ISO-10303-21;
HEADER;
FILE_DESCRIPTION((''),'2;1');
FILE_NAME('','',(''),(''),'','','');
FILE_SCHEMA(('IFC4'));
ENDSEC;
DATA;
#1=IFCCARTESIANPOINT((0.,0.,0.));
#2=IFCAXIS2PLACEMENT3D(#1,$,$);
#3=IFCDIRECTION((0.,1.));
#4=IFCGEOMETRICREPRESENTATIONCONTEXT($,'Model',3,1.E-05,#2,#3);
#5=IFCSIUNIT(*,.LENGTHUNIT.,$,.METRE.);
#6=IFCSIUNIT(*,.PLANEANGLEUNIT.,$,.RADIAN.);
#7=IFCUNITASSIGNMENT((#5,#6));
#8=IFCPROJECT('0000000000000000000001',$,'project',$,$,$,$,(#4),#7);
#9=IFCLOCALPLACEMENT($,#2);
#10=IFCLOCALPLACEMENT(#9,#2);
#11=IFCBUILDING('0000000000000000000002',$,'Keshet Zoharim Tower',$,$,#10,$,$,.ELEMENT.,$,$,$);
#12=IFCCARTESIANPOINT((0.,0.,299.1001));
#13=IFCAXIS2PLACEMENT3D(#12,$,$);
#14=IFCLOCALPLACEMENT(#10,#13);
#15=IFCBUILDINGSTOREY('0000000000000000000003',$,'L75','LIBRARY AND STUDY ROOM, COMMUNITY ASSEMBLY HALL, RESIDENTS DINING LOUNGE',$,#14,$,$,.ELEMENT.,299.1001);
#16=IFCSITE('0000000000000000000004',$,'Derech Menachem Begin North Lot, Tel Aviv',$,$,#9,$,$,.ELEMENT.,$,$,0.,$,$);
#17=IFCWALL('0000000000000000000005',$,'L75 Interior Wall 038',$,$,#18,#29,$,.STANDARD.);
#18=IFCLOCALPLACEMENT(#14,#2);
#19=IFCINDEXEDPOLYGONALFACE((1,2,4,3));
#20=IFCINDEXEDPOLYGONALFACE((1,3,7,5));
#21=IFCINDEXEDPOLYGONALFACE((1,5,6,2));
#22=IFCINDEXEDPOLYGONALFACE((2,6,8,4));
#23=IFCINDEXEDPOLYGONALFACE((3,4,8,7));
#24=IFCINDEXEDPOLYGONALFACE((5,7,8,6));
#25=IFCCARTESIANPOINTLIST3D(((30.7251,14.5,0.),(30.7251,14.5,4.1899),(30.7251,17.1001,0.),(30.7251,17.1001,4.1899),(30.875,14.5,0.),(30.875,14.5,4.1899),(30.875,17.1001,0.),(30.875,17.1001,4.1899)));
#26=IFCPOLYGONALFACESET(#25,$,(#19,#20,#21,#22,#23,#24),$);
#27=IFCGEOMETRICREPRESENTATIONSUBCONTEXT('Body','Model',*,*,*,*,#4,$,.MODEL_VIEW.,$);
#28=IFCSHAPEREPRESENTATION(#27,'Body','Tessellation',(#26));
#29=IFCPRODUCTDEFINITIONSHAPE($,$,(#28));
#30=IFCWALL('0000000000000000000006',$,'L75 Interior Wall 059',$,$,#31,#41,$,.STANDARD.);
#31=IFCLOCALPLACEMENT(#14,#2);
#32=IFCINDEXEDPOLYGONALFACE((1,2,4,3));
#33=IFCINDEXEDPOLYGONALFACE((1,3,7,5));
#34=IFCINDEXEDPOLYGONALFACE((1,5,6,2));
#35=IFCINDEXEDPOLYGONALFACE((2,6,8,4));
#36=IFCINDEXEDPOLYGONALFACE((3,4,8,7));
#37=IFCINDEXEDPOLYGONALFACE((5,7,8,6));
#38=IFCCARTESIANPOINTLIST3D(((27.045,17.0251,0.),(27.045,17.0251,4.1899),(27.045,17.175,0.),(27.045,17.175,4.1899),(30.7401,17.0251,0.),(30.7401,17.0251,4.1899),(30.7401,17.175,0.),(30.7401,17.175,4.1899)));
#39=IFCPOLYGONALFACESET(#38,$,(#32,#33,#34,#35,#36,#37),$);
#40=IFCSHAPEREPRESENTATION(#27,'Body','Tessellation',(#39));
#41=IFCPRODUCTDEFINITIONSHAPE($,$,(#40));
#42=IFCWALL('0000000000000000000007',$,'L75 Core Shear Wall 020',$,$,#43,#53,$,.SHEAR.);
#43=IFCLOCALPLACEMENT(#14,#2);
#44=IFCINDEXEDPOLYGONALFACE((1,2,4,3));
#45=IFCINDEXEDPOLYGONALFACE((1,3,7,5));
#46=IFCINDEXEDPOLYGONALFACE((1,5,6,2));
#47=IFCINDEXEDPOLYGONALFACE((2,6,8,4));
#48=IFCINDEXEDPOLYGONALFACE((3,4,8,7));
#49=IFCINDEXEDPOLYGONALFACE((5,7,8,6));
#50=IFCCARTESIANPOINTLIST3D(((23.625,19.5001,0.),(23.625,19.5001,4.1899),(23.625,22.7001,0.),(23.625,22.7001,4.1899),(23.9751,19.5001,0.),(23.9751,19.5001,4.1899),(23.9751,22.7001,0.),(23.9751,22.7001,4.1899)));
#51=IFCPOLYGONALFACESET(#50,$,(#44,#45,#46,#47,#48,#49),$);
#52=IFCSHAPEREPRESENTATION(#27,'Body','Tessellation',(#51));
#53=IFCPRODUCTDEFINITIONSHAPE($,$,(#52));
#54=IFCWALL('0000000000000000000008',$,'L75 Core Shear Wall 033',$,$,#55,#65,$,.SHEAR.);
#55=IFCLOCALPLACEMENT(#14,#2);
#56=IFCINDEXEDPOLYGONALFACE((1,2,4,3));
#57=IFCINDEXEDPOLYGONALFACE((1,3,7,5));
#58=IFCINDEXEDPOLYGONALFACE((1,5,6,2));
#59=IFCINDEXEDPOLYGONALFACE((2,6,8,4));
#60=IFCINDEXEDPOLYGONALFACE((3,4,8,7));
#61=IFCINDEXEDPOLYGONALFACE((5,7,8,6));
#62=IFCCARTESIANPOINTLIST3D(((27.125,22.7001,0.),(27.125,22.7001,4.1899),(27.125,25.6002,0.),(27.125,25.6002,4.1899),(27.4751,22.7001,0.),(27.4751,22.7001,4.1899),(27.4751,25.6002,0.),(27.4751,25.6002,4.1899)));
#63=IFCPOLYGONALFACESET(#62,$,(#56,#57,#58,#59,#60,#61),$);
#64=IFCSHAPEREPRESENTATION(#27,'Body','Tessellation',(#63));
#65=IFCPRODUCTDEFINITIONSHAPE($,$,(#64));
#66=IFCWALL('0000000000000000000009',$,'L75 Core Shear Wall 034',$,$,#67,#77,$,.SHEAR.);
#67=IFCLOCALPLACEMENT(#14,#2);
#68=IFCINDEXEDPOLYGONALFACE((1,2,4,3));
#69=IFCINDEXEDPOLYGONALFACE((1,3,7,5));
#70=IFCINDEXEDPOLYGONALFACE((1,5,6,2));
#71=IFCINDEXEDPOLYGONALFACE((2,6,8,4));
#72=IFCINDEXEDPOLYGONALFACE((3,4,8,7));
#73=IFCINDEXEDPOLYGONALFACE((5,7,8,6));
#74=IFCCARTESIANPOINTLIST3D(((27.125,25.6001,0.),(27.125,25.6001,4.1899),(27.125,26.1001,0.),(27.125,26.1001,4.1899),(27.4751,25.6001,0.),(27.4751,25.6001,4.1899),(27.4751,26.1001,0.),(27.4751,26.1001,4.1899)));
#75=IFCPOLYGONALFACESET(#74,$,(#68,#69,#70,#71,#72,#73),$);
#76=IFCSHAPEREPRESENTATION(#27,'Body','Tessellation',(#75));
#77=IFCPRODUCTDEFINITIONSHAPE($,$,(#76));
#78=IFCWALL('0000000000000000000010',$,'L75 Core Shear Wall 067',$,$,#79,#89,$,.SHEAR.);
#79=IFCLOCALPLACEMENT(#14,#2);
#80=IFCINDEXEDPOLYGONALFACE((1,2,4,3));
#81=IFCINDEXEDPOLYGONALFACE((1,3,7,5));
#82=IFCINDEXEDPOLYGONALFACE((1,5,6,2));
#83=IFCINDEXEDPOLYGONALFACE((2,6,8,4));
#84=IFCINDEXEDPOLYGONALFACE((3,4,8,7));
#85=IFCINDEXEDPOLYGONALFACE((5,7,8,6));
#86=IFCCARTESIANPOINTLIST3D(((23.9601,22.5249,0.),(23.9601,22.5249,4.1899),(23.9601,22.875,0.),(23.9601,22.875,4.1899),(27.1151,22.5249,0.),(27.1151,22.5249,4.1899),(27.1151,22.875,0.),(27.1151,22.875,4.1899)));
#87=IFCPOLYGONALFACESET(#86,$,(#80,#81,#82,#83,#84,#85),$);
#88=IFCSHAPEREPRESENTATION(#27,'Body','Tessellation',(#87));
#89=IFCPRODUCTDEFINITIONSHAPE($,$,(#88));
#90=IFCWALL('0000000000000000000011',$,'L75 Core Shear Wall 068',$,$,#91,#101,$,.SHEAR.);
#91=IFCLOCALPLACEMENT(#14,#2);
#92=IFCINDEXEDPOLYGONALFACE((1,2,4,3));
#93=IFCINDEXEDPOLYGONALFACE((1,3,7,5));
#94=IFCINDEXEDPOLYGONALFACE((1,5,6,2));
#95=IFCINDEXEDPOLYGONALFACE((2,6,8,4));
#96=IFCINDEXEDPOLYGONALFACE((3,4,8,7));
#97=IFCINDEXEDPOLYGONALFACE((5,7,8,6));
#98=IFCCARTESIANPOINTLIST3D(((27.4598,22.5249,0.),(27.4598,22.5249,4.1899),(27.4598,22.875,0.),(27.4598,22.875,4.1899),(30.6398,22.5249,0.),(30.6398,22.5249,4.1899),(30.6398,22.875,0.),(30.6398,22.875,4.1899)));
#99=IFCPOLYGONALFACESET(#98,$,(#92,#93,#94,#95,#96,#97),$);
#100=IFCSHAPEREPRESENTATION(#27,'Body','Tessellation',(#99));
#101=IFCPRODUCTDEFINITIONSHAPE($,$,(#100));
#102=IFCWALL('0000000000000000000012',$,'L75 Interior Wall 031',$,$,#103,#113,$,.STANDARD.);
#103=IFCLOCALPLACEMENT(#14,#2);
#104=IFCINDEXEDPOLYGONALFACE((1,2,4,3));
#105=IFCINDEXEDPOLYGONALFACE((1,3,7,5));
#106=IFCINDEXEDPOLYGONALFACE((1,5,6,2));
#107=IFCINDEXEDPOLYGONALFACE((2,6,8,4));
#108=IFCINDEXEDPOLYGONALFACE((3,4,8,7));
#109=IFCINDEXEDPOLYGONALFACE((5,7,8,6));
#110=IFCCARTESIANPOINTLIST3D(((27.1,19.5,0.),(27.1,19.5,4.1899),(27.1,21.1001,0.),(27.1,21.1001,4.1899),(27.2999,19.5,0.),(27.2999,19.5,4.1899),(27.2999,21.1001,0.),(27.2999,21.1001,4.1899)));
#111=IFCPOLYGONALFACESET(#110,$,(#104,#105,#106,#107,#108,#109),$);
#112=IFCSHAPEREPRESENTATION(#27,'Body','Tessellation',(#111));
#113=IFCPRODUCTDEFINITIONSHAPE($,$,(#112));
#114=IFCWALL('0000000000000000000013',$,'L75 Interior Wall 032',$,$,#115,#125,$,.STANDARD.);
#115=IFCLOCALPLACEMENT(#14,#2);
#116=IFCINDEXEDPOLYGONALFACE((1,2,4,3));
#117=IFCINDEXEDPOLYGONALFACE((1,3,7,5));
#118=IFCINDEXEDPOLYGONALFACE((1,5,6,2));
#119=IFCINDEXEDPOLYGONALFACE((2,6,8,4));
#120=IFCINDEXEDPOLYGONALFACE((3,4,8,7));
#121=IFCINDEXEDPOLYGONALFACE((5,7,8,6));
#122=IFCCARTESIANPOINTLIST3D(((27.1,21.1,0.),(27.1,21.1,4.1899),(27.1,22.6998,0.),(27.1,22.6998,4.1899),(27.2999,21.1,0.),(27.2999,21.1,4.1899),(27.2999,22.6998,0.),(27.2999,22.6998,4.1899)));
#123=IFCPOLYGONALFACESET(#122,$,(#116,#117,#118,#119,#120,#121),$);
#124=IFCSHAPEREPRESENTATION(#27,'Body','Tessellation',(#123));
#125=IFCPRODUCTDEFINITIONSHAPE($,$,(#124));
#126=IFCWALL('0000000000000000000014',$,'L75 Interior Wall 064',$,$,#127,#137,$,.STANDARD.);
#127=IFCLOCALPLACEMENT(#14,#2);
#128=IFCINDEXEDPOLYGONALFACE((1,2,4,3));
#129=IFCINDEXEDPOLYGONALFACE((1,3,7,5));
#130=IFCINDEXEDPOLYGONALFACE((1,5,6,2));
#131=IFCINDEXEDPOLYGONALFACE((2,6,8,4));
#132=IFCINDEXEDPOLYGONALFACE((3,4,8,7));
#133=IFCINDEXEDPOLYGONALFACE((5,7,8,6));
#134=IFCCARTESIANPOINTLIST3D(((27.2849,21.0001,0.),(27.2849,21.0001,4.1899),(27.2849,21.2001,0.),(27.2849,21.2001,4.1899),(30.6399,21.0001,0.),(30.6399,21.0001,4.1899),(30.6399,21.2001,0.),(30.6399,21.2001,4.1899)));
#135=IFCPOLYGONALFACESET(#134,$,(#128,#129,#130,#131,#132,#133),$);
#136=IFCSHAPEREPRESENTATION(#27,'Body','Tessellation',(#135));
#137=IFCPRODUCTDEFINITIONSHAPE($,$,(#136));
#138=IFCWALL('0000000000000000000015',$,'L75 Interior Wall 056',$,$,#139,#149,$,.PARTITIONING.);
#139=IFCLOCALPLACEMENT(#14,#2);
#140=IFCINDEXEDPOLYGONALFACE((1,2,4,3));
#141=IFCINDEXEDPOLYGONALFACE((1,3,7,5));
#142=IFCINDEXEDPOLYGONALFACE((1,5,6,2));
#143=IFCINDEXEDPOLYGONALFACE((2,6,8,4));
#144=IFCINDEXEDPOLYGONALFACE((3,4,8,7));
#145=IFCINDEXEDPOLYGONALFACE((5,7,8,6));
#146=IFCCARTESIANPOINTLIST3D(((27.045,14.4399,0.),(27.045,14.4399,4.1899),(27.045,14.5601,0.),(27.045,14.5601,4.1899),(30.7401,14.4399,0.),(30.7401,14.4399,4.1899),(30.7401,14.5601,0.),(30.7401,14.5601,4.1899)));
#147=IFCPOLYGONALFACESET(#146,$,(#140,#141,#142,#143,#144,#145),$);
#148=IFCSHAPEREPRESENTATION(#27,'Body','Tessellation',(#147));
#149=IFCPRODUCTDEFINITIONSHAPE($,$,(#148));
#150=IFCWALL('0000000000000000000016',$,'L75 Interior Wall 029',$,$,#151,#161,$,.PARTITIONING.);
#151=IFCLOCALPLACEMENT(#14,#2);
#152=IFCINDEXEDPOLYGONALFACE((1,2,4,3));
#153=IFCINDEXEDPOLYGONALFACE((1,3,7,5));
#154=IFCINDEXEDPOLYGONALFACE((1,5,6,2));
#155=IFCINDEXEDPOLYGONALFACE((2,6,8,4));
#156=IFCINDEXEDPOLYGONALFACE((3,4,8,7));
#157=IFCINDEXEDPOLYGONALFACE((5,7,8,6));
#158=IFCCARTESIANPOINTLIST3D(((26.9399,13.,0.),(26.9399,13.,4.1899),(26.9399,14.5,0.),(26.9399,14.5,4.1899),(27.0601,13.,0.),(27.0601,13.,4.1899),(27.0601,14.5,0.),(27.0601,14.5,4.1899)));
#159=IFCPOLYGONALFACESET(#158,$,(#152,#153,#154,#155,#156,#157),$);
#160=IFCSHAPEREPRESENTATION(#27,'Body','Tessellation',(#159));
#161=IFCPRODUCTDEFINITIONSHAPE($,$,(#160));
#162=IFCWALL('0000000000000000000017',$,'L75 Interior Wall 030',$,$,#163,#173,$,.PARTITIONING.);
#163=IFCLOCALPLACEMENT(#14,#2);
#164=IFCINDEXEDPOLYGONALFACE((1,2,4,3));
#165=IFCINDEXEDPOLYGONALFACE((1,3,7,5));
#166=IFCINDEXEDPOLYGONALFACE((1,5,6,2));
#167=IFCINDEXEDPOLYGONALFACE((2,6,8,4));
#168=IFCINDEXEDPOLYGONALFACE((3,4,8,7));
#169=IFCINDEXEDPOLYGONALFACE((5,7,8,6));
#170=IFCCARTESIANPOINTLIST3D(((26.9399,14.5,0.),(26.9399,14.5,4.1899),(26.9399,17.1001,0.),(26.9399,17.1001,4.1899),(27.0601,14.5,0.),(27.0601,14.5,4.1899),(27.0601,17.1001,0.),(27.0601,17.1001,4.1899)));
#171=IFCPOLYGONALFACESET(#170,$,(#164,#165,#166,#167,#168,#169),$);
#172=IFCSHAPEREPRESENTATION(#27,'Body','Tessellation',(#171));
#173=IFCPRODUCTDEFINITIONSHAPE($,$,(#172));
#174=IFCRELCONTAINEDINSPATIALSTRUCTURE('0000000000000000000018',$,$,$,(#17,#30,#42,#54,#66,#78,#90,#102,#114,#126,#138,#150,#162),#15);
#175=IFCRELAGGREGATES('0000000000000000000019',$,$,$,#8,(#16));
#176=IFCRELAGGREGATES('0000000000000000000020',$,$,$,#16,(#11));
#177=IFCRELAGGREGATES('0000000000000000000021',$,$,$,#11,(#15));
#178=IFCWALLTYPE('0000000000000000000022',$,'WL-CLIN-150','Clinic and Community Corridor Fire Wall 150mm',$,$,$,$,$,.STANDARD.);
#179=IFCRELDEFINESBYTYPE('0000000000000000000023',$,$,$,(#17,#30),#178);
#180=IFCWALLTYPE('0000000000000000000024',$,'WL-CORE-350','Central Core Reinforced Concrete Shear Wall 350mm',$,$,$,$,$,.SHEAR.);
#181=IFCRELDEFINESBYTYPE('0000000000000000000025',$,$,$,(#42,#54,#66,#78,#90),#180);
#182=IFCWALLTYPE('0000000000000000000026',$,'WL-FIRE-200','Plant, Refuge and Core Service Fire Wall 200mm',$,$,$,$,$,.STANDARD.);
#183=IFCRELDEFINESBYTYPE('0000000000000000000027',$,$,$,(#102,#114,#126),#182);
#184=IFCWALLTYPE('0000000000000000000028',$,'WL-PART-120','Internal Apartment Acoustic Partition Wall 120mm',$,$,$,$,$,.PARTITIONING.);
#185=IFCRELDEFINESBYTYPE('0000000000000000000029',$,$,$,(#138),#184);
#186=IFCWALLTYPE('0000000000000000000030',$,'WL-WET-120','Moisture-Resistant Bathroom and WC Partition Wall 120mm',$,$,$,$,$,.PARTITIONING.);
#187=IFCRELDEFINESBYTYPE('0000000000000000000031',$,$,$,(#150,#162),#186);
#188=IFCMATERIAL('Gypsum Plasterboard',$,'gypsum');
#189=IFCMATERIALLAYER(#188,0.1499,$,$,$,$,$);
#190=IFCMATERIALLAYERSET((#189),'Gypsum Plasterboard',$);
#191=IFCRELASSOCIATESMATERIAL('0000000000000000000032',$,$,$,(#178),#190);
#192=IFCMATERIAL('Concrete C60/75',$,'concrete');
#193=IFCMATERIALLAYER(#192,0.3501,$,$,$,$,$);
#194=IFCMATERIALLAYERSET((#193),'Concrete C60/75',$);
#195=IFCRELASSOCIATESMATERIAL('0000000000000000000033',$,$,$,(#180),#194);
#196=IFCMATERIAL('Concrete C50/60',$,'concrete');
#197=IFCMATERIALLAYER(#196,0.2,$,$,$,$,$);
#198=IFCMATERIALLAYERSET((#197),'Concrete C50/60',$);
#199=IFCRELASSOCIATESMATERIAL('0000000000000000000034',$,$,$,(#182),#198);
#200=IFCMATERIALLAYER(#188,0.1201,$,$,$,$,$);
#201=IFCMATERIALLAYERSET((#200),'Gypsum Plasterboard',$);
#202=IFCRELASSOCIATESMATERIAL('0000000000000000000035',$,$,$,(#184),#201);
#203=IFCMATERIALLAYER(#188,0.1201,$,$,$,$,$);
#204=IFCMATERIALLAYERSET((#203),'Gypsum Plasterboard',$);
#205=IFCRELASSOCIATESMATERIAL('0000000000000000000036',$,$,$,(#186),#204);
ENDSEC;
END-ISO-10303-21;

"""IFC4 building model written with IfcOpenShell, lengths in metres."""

from ifc_helpers import new_model, si_unit, direction, frame, frame_2d, origin, place, context, subcontext, project, spatial, rectangle, extrude, material, layer, layer_set, type_object, element, save


model = new_model("IFC4")

# Units and contexts
model_context = context("Model", 3, precision=1e-05, world=origin(), true_north=direction((0.0, 1.0)))
body_context = subcontext(model_context, "Body", "Model", "MODEL_VIEW")
ifc_project = project(units=[si_unit("LENGTHUNIT", "METRE"), si_unit("PLANEANGLEUNIT", "RADIAN")], contexts=[model_context])

# Site, building, storey
site_placement = place(None, origin())
site = spatial("IfcSite", under=ifc_project, at=site_placement, Name="Derech Menachem Begin North Lot, Tel Aviv", CompositionType="ELEMENT", RefElevation=0.0)
building_placement = place(site_placement, origin())
building = spatial("IfcBuilding", under=site, at=building_placement, Name="Keshet Zoharim Tower", CompositionType="ELEMENT")
storey_placement = place(building_placement, frame((0.0, 0.0, 299.1001)))
storey = spatial("IfcBuildingStorey", under=building, at=storey_placement, Name="L75", Description="LIBRARY AND STUDY ROOM, COMMUNITY ASSEMBLY HALL, RESIDENTS DINING LOUNGE", CompositionType="ELEMENT", Elevation=299.1001)

# Wall
ifc_material_1 = material(Name="Gypsum Plasterboard", Category="gypsum")
ifc_layer_1 = layer(ifc_material_1, 0.1499)
ifc_layer_set_1 = layer_set([ifc_layer_1], Name="Gypsum Plasterboard")
wall_type_1 = type_object("IfcWallType", Name="WL-CLIN-150", Description="Clinic and Community Corridor Fire Wall 150mm", PredefinedType="STANDARD", material=ifc_layer_set_1)
wall_1_placement = place(storey_placement, frame((30.8, 14.5, 0.0), z_axis=(0.0, 0.0, 1.0), x_axis=(0.0, 1.0, 0.0)))
element("IfcWall", 1, at=wall_1_placement, inside=storey, type_object=wall_type_1, Name="L75 Interior Wall 038", PredefinedType="STANDARD", context=body_context, shape_type="SweptSolid", body=[
    extrude(rectangle(XDim=2.6001, YDim=0.1499, at=frame_2d((1.3, 0.0))), origin(), (0.0, 0.0, 1.0), 4.1899),
])

# Walls
wall_2_placement = place(storey_placement, frame((27.0449, 17.1001, 0.0), z_axis=(0.0, 0.0, 1.0), x_axis=(1.0, 0.0, 0.0)))
element("IfcWall", 2, at=wall_2_placement, inside=storey, type_object=wall_type_1, Name="L75 Interior Wall 059", PredefinedType="STANDARD", context=body_context, shape_type="SweptSolid", body=[
    extrude(rectangle(XDim=3.6951, YDim=0.1499, at=frame_2d((1.8477, 0.0))), origin(), (0.0, 0.0, 1.0), 4.1899),
])
ifc_material_2 = material(Name="Concrete C60/75", Category="concrete")
ifc_layer_2 = layer(ifc_material_2, 0.3501)
ifc_layer_set_2 = layer_set([ifc_layer_2], Name="Concrete C60/75")
wall_type_2 = type_object("IfcWallType", Name="WL-CORE-350", Description="Central Core Reinforced Concrete Shear Wall 350mm", PredefinedType="SHEAR", material=ifc_layer_set_2)
wall_3_placement = place(storey_placement, frame((23.8, 19.5, 0.0), z_axis=(0.0, 0.0, 1.0), x_axis=(0.0, 1.0, 0.0)))
element("IfcWall", 3, at=wall_3_placement, inside=storey, type_object=wall_type_2, Name="L75 Core Shear Wall 020", PredefinedType="SHEAR", context=body_context, shape_type="SweptSolid", body=[
    extrude(rectangle(XDim=3.2, YDim=0.3501, at=frame_2d((1.6001, 0.0))), origin(), (0.0, 0.0, 1.0), 4.1899),
])

# Walls
wall_4_placement = place(storey_placement, frame((27.3, 22.7, 0.0), z_axis=(0.0, 0.0, 1.0), x_axis=(0.0, 1.0, 0.0)))
element("IfcWall", 4, at=wall_4_placement, inside=storey, type_object=wall_type_2, Name="L75 Core Shear Wall 033", PredefinedType="SHEAR", context=body_context, shape_type="SweptSolid", body=[
    extrude(rectangle(XDim=2.9001, YDim=0.3501, at=frame_2d((1.4502, 0.0))), origin(), (0.0, 0.0, 1.0), 4.1899),
])
wall_5_placement = place(storey_placement, frame((27.3, 25.6001, 0.0), z_axis=(0.0, 0.0, 1.0), x_axis=(0.0, 1.0, 0.0)))
element("IfcWall", 5, at=wall_5_placement, inside=storey, type_object=wall_type_2, Name="L75 Core Shear Wall 034", PredefinedType="SHEAR", context=body_context, shape_type="SweptSolid", body=[
    extrude(rectangle(XDim=0.5, YDim=0.3501, at=frame_2d((0.25, 0.0))), origin(), (0.0, 0.0, 1.0), 4.1899),
])
wall_6_placement = place(storey_placement, frame((23.96, 22.7, 0.0), z_axis=(0.0, 0.0, 1.0), x_axis=(1.0, 0.0, 0.0)))
element("IfcWall", 6, at=wall_6_placement, inside=storey, type_object=wall_type_2, Name="L75 Core Shear Wall 067", PredefinedType="SHEAR", context=body_context, shape_type="SweptSolid", body=[
    extrude(rectangle(XDim=3.155, YDim=0.3501, at=frame_2d((1.5776, 0.0))), origin(), (0.0, 0.0, 1.0), 4.1899),
])
wall_7_placement = place(storey_placement, frame((27.46, 22.7, 0.0), z_axis=(0.0, 0.0, 1.0), x_axis=(1.0, 0.0, 0.0)))
element("IfcWall", 7, at=wall_7_placement, inside=storey, type_object=wall_type_2, Name="L75 Core Shear Wall 068", PredefinedType="SHEAR", context=body_context, shape_type="SweptSolid", body=[
    extrude(rectangle(XDim=3.1799, YDim=0.3501, at=frame_2d((1.5898, 0.0))), origin(), (0.0, 0.0, 1.0), 4.1899),
])

# Walls
ifc_material_3 = material(Name="Concrete C50/60", Category="concrete")
ifc_layer_3 = layer(ifc_material_3, 0.2)
ifc_layer_set_3 = layer_set([ifc_layer_3], Name="Concrete C50/60")
wall_type_3 = type_object("IfcWallType", Name="WL-FIRE-200", Description="Plant, Refuge and Core Service Fire Wall 200mm", PredefinedType="STANDARD", material=ifc_layer_set_3)
wall_8_placement = place(storey_placement, frame((27.2, 19.5, 0.0), z_axis=(0.0, 0.0, 1.0), x_axis=(0.0, 1.0, 0.0)))
element("IfcWall", 8, at=wall_8_placement, inside=storey, type_object=wall_type_3, Name="L75 Interior Wall 031", PredefinedType="STANDARD", context=body_context, shape_type="SweptSolid", body=[
    extrude(rectangle(XDim=1.6001, YDim=0.2, at=frame_2d((0.8, 0.0))), origin(), (0.0, 0.0, 1.0), 4.1899),
])
wall_9_placement = place(storey_placement, frame((27.2, 21.1001, 0.0), z_axis=(0.0, 0.0, 1.0), x_axis=(0.0, 1.0, 0.0)))
element("IfcWall", 9, at=wall_9_placement, inside=storey, type_object=wall_type_3, Name="L75 Interior Wall 032", PredefinedType="STANDARD", context=body_context, shape_type="SweptSolid", body=[
    extrude(rectangle(XDim=1.5999, YDim=0.2, at=frame_2d((0.7998, 0.0))), origin(), (0.0, 0.0, 1.0), 4.1899),
])

# Walls
wall_10_placement = place(storey_placement, frame((27.2849, 21.1001, 0.0), z_axis=(0.0, 0.0, 1.0), x_axis=(1.0, 0.0, 0.0)))
element("IfcWall", 10, at=wall_10_placement, inside=storey, type_object=wall_type_3, Name="L75 Interior Wall 064", PredefinedType="STANDARD", context=body_context, shape_type="SweptSolid", body=[
    extrude(rectangle(XDim=3.355, YDim=0.2, at=frame_2d((1.6775, 0.0))), origin(), (0.0, 0.0, 1.0), 4.1899),
])
ifc_layer_4 = layer(ifc_material_1, 0.1201)
ifc_layer_set_4 = layer_set([ifc_layer_4], Name="Gypsum Plasterboard")
wall_type_4 = type_object("IfcWallType", Name="WL-PART-120", Description="Internal Apartment Acoustic Partition Wall 120mm", PredefinedType="PARTITIONING", material=ifc_layer_set_4)
wall_11_placement = place(storey_placement, frame((27.0449, 14.5, 0.0), z_axis=(0.0, 0.0, 1.0), x_axis=(1.0, 0.0, 0.0)))
element("IfcWall", 11, at=wall_11_placement, inside=storey, type_object=wall_type_4, Name="L75 Interior Wall 056", PredefinedType="PARTITIONING", context=body_context, shape_type="SweptSolid", body=[
    extrude(rectangle(XDim=3.6951, YDim=0.1201, at=frame_2d((1.8477, 0.0))), origin(), (0.0, 0.0, 1.0), 4.1899),
])
ifc_layer_5 = layer(ifc_material_1, 0.1201)
ifc_layer_set_5 = layer_set([ifc_layer_5], Name="Gypsum Plasterboard")
wall_type_5 = type_object("IfcWallType", Name="WL-WET-120", Description="Moisture-Resistant Bathroom and WC Partition Wall 120mm", PredefinedType="PARTITIONING", material=ifc_layer_set_5)
wall_12_placement = place(storey_placement, frame((27.0, 13.0, 0.0), z_axis=(0.0, 0.0, 1.0), x_axis=(0.0, 1.0, 0.0)))
element("IfcWall", 12, at=wall_12_placement, inside=storey, type_object=wall_type_5, Name="L75 Interior Wall 029", PredefinedType="PARTITIONING", context=body_context, shape_type="SweptSolid", body=[
    extrude(rectangle(XDim=1.5, YDim=0.1201, at=frame_2d((0.75, 0.0))), origin(), (0.0, 0.0, 1.0), 4.1899),
])
wall_13_placement = place(storey_placement, frame((27.0, 14.5, 0.0), z_axis=(0.0, 0.0, 1.0), x_axis=(0.0, 1.0, 0.0)))
element("IfcWall", 13, at=wall_13_placement, inside=storey, type_object=wall_type_5, Name="L75 Interior Wall 030", PredefinedType="PARTITIONING", context=body_context, shape_type="SweptSolid", body=[
    extrude(rectangle(XDim=2.6001, YDim=0.1201, at=frame_2d((1.3, 0.0))), origin(), (0.0, 0.0, 1.0), 4.1899),
])

save(model, "model.ifc")
